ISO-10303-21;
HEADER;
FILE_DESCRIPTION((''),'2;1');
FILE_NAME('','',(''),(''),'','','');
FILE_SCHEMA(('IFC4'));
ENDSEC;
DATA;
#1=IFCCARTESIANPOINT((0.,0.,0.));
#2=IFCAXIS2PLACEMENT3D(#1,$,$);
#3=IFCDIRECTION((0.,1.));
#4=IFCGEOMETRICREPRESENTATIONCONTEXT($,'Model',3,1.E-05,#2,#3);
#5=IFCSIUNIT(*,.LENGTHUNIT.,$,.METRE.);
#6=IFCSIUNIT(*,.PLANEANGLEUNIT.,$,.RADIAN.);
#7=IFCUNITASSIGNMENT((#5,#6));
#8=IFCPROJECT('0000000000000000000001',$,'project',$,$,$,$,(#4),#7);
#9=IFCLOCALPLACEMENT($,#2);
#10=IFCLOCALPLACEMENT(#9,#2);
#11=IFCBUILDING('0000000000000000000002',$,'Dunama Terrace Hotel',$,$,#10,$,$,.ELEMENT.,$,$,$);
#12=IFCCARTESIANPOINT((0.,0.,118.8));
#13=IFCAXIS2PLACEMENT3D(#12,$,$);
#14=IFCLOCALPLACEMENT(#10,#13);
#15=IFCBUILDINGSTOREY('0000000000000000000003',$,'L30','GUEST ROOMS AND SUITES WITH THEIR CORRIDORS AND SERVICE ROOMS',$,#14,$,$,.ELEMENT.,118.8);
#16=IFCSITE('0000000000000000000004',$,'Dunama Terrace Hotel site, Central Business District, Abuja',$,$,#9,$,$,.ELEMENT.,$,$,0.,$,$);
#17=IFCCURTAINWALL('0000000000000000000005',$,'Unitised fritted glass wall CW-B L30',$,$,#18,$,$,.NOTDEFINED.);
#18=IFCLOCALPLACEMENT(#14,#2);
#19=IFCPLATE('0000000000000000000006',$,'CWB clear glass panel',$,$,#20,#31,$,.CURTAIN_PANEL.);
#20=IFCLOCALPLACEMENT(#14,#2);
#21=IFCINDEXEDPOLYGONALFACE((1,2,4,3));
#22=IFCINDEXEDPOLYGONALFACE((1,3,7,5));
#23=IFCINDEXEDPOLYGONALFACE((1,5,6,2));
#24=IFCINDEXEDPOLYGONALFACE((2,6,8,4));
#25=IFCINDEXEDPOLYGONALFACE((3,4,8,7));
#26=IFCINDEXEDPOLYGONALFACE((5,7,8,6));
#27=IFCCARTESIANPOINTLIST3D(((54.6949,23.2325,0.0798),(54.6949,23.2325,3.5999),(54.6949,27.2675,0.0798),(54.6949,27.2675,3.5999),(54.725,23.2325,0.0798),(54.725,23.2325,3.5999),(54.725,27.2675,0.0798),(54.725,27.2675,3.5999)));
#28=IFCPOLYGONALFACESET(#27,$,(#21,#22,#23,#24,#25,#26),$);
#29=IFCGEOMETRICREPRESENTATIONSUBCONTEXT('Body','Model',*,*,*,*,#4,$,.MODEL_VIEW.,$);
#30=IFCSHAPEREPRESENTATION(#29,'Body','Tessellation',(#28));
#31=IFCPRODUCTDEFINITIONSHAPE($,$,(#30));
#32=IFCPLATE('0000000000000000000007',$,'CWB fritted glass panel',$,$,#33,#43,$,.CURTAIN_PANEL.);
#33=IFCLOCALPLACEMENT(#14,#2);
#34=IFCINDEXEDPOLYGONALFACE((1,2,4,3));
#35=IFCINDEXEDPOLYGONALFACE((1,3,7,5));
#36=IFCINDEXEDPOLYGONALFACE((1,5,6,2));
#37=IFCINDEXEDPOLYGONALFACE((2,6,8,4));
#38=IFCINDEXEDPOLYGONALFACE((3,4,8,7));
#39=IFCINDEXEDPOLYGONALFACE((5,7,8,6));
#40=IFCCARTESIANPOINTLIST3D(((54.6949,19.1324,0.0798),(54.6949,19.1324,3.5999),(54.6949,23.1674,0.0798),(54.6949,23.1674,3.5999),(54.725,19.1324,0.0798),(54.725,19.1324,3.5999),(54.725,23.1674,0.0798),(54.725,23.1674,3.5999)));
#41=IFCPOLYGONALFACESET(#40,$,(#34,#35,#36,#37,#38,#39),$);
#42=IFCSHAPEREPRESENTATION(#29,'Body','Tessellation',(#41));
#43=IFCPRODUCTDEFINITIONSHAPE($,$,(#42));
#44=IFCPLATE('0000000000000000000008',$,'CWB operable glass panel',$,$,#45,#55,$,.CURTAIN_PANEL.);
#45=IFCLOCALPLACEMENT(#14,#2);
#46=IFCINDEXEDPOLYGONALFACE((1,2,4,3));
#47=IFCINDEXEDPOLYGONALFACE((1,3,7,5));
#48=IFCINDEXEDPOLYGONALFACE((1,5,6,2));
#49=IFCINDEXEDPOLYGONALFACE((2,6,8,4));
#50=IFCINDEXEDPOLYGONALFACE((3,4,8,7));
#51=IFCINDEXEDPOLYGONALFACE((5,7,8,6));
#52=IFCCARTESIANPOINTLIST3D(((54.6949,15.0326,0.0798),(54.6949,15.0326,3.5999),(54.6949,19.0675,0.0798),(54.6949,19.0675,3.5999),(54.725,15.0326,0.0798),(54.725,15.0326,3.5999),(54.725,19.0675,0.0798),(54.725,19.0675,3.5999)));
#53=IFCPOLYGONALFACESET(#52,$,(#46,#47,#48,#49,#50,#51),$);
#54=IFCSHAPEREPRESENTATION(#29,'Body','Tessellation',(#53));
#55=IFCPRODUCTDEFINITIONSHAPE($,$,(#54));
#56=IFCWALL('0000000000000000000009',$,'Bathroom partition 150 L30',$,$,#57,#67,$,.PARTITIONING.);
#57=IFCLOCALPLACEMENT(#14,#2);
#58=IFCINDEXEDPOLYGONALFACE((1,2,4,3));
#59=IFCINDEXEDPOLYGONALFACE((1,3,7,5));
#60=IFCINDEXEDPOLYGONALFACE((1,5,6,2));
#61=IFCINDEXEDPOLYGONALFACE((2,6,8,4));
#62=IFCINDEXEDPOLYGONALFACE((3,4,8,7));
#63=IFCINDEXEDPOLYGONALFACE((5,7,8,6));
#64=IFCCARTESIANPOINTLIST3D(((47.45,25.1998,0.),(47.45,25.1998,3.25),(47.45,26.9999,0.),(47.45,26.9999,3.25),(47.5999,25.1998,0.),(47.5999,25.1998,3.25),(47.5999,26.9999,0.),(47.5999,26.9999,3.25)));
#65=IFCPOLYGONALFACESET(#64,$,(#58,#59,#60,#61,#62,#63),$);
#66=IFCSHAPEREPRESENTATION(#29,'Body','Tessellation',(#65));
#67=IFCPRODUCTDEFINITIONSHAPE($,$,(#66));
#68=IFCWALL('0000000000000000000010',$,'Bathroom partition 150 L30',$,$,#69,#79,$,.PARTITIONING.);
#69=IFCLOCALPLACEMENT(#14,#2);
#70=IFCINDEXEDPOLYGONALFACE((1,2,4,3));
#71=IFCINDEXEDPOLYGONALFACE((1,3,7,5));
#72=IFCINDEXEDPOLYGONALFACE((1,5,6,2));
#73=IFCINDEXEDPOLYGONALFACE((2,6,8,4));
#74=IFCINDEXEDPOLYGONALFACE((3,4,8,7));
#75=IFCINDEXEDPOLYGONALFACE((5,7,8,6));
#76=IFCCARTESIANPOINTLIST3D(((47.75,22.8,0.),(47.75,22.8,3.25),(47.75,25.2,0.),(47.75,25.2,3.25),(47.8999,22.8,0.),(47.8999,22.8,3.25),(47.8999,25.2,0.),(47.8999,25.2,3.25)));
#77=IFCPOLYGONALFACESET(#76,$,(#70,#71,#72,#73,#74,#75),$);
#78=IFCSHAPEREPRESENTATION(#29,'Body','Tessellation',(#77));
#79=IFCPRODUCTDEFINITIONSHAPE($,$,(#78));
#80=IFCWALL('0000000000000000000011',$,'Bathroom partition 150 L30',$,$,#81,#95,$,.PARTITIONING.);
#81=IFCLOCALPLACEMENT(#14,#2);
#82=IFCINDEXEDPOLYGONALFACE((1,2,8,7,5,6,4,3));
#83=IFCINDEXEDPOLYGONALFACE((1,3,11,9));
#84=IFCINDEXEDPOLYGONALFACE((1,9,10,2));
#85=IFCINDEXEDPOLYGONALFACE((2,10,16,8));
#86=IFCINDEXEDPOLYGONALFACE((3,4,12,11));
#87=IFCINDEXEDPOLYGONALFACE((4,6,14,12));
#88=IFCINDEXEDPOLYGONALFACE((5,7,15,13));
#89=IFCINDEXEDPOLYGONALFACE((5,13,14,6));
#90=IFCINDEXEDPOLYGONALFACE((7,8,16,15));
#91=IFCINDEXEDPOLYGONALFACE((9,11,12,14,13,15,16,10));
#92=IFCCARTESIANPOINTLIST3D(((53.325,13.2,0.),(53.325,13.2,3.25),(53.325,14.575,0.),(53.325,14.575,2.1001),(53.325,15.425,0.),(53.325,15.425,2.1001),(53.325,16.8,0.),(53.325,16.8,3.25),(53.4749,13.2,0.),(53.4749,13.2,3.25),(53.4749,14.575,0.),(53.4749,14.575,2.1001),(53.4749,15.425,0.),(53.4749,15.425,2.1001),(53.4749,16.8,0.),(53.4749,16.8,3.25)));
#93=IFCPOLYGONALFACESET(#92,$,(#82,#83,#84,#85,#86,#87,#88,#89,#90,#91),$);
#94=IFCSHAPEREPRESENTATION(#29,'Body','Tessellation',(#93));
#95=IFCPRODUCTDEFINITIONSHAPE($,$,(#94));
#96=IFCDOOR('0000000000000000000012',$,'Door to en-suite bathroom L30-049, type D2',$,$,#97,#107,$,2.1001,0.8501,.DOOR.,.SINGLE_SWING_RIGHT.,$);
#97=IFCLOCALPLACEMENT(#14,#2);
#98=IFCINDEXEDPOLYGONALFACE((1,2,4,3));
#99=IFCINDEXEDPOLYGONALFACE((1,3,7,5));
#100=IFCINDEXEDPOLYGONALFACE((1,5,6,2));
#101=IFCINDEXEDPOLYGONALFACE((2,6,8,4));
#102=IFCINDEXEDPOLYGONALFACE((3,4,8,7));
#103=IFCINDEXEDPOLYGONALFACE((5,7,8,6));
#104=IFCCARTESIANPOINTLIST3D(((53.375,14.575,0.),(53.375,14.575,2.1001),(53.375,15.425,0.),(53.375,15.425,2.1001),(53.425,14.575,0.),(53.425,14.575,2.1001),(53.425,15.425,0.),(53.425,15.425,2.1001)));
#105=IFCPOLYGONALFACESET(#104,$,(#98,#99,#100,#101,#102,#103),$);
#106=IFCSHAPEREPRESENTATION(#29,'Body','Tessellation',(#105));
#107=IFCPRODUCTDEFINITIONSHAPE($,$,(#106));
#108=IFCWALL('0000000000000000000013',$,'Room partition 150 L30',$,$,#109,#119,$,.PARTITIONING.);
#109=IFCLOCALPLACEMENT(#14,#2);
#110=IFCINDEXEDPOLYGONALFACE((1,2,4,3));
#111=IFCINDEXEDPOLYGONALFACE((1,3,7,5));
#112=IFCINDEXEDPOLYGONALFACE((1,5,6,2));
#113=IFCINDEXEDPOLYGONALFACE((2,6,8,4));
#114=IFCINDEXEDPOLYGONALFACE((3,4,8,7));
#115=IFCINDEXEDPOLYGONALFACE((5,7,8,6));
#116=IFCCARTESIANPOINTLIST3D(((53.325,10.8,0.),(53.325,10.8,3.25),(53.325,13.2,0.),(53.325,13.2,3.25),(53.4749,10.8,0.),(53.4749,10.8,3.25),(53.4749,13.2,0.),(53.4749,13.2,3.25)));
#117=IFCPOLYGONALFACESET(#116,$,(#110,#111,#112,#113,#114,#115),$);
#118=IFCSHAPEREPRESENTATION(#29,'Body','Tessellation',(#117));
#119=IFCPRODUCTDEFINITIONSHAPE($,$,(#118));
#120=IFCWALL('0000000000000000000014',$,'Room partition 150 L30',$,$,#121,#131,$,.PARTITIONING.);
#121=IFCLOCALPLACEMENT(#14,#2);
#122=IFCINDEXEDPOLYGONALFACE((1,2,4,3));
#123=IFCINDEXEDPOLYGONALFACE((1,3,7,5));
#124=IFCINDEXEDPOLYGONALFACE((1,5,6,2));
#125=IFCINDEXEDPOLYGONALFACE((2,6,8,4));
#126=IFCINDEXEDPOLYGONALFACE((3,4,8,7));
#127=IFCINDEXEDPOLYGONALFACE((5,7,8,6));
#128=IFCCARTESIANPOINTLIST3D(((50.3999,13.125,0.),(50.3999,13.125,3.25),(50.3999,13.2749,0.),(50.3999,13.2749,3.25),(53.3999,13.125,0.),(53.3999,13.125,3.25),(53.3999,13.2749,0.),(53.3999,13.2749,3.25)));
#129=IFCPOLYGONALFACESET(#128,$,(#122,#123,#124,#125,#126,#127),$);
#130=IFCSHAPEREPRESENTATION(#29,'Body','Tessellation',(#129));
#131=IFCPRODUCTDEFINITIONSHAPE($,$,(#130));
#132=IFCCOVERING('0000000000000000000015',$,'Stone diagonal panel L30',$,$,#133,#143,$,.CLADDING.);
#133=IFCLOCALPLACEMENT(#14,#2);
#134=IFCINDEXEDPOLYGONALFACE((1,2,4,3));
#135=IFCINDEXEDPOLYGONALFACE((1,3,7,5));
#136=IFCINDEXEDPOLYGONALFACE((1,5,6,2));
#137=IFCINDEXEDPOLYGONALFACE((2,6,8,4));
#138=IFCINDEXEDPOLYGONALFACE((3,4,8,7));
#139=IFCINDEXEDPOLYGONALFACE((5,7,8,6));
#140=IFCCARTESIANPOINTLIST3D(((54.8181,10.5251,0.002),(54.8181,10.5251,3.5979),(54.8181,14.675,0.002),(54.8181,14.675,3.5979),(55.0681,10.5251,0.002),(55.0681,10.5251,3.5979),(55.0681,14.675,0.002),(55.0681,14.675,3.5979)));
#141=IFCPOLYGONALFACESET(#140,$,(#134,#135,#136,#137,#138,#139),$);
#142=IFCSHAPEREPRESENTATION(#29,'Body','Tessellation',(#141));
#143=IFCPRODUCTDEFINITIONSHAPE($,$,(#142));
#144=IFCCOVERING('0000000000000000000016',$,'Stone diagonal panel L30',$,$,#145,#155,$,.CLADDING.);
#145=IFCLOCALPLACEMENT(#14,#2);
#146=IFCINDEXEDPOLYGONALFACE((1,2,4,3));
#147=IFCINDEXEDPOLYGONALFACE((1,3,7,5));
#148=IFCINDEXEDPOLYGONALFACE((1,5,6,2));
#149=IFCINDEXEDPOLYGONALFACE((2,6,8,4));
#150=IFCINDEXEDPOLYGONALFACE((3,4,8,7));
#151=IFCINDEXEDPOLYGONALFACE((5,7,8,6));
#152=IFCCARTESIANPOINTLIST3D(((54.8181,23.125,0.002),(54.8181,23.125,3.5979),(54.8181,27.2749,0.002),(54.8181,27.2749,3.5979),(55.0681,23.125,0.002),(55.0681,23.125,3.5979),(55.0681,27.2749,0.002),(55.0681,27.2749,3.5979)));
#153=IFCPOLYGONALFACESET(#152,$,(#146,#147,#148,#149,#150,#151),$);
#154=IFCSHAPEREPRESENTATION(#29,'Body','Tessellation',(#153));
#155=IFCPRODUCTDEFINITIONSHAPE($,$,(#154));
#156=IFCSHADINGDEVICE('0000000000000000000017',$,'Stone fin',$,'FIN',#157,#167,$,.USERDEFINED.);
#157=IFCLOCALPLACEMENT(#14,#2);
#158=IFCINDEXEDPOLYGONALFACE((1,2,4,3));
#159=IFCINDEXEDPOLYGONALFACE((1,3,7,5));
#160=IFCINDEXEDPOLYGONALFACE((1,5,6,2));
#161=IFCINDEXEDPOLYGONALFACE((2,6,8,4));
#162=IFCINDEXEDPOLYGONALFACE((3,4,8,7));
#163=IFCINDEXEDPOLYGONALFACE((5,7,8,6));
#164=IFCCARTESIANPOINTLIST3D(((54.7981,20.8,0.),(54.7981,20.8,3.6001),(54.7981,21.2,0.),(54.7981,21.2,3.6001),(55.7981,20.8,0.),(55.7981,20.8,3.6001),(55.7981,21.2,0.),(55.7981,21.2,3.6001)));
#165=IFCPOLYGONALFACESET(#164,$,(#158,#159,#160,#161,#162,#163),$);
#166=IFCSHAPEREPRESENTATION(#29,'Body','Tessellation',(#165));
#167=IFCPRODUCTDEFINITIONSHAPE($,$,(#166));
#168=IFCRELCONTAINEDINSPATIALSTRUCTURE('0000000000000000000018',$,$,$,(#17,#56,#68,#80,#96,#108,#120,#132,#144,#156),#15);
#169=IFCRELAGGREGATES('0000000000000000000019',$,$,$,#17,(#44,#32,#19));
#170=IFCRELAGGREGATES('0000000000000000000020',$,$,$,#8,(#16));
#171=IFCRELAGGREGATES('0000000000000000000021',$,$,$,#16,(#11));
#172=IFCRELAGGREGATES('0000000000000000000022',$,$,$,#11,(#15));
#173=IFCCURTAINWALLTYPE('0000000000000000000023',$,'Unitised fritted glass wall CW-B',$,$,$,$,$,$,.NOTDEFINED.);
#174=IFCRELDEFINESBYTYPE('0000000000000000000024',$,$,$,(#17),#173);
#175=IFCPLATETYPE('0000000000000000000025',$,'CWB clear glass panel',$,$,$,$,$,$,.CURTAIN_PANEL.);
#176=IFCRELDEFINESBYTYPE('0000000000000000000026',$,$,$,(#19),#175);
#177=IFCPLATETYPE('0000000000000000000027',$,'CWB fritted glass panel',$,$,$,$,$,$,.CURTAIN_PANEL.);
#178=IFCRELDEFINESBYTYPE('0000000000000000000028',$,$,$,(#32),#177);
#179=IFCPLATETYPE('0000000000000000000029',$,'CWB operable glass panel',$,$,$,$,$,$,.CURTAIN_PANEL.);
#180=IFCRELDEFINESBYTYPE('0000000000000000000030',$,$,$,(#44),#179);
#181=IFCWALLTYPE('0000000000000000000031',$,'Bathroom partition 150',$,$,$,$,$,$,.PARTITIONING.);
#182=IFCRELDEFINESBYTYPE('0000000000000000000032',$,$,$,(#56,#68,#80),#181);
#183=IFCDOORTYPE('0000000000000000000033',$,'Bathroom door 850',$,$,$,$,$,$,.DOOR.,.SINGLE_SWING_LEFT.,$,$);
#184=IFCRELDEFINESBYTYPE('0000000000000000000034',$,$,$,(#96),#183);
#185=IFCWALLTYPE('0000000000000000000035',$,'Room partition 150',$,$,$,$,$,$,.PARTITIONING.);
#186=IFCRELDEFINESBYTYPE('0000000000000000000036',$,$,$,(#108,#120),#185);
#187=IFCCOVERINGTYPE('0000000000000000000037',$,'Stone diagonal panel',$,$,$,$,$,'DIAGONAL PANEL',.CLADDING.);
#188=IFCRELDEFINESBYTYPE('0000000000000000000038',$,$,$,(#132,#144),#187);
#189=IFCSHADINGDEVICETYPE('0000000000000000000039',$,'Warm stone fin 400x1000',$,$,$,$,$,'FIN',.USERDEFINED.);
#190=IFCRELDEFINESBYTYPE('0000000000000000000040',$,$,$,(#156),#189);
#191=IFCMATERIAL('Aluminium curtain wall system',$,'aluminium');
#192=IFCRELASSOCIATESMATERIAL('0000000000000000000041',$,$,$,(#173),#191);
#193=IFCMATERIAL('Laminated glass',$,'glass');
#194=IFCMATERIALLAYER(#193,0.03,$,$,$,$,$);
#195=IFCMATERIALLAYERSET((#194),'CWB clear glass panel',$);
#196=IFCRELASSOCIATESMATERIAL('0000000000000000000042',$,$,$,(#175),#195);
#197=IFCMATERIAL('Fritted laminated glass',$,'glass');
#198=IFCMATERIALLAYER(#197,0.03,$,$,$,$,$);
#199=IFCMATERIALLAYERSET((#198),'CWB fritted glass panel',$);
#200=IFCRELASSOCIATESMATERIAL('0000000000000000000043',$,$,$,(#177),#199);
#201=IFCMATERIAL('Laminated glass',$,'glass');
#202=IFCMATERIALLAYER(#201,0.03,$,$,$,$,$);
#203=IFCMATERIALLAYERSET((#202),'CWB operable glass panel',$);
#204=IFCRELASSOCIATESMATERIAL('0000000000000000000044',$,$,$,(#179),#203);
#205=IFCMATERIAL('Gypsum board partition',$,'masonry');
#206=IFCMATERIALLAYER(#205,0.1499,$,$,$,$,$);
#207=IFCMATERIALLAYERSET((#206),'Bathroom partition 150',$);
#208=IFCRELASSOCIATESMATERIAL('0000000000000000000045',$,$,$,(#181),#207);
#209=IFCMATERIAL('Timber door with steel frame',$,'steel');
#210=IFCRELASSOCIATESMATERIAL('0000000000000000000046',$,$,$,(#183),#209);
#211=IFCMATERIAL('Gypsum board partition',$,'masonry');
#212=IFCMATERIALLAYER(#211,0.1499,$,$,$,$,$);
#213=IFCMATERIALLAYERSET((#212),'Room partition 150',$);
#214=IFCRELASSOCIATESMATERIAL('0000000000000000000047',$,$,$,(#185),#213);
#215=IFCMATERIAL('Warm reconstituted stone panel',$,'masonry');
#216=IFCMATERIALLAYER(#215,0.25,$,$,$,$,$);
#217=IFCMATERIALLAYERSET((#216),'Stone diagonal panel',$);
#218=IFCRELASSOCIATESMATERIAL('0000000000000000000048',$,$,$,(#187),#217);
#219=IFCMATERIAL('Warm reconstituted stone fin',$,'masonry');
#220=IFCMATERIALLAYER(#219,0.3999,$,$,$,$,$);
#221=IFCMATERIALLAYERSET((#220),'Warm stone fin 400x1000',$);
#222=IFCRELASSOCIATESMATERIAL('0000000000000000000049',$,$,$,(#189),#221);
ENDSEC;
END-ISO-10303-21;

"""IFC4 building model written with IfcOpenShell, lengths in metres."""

from ifc_helpers import new_model, si_unit, direction, frame, frame_2d, origin, origin_2d, place, context, subcontext, project, spatial, rectangle, extrude, material, layer, layer_set, type_object, element, fill, aggregate, save


model = new_model("IFC4")

# Units and contexts
model_context = context("Model", 3, precision=1e-05, world=origin(), true_north=direction((0.0, 1.0)))
body_context = subcontext(model_context, "Body", "Model", "MODEL_VIEW")
ifc_project = project(units=[si_unit("LENGTHUNIT", "METRE"), si_unit("PLANEANGLEUNIT", "RADIAN")], contexts=[model_context])

# Site, building, storey
site_placement = place(None, origin())
site = spatial("IfcSite", under=ifc_project, at=site_placement, Name="Dunama Terrace Hotel site, Central Business District, Abuja", CompositionType="ELEMENT", RefElevation=0.0)
building_placement = place(site_placement, origin())
building = spatial("IfcBuilding", under=site, at=building_placement, Name="Dunama Terrace Hotel", CompositionType="ELEMENT")
storey_placement = place(building_placement, frame((0.0, 0.0, 118.8)))
storey = spatial("IfcBuildingStorey", under=building, at=storey_placement, Name="L30", Description="GUEST ROOMS AND SUITES WITH THEIR CORRIDORS AND SERVICE ROOMS", CompositionType="ELEMENT", Elevation=118.8)

# Curtain wall
ifc_material_1 = material(Name="Aluminium curtain wall system", Category="aluminium")
curtain_wall_type = type_object("IfcCurtainWallType", Name="Unitised fritted glass wall CW-B", PredefinedType="NOTDEFINED", material=ifc_material_1)
curtain_wall_placement = place(storey_placement, origin())
curtain_wall = element("IfcCurtainWall", 1, at=curtain_wall_placement, inside=storey, type_object=curtain_wall_type, Name="Unitised fritted glass wall CW-B L30", PredefinedType="NOTDEFINED")

# Plates
ifc_material_2 = material(Name="Laminated glass", Category="glass")
ifc_layer_1 = layer(ifc_material_2, 0.03)
ifc_layer_set_1 = layer_set([ifc_layer_1], Name="CWB clear glass panel")
plate_type_1 = type_object("IfcPlateType", Name="CWB clear glass panel", PredefinedType="CURTAIN_PANEL", material=ifc_layer_set_1)
plate_1_placement = place(storey_placement, frame((54.71, 25.25, 0.0798), z_axis=(0.0, 0.0, 1.0), x_axis=(0.0, 1.0, 0.0)))
plate_1 = element("IfcPlate", 2, at=plate_1_placement, type_object=plate_type_1, Name="CWB clear glass panel", PredefinedType="CURTAIN_PANEL", context=body_context, shape_type="SweptSolid", body=[
    extrude(rectangle(XDim=4.0349, YDim=0.03, at=origin_2d()), origin(), (0.0, 0.0, 1.0), 3.52),
])
ifc_material_3 = material(Name="Fritted laminated glass", Category="glass")
ifc_layer_2 = layer(ifc_material_3, 0.03)
ifc_layer_set_2 = layer_set([ifc_layer_2], Name="CWB fritted glass panel")
plate_type_2 = type_object("IfcPlateType", Name="CWB fritted glass panel", PredefinedType="CURTAIN_PANEL", material=ifc_layer_set_2)
plate_2_placement = place(storey_placement, frame((54.71, 21.1499, 0.0798), z_axis=(0.0, 0.0, 1.0), x_axis=(0.0, 1.0, 0.0)))
plate_2 = element("IfcPlate", 3, at=plate_2_placement, type_object=plate_type_2, Name="CWB fritted glass panel", PredefinedType="CURTAIN_PANEL", context=body_context, shape_type="SweptSolid", body=[
    extrude(rectangle(XDim=4.0349, YDim=0.03, at=origin_2d()), origin(), (0.0, 0.0, 1.0), 3.52),
])
ifc_material_4 = material(Name="Laminated glass", Category="glass")
ifc_layer_3 = layer(ifc_material_4, 0.03)
ifc_layer_set_3 = layer_set([ifc_layer_3], Name="CWB operable glass panel")
plate_type_3 = type_object("IfcPlateType", Name="CWB operable glass panel", PredefinedType="CURTAIN_PANEL", material=ifc_layer_set_3)
plate_3_placement = place(storey_placement, frame((54.71, 17.05, 0.0798), z_axis=(0.0, 0.0, 1.0), x_axis=(0.0, 1.0, 0.0)))
plate_3 = element("IfcPlate", 4, at=plate_3_placement, type_object=plate_type_3, Name="CWB operable glass panel", PredefinedType="CURTAIN_PANEL", context=body_context, shape_type="SweptSolid", body=[
    extrude(rectangle(XDim=4.0349, YDim=0.03, at=origin_2d()), origin(), (0.0, 0.0, 1.0), 3.52),
])
aggregate(curtain_wall, [plate_3, plate_2, plate_1])

# Walls
ifc_material_5 = material(Name="Gypsum board partition", Category="masonry")
ifc_layer_4 = layer(ifc_material_5, 0.1499)
ifc_layer_set_4 = layer_set([ifc_layer_4], Name="Bathroom partition 150")
wall_type_1 = type_object("IfcWallType", Name="Bathroom partition 150", PredefinedType="PARTITIONING", material=ifc_layer_set_4)
wall_1_placement = place(storey_placement, frame((47.5249, 25.2, 0.0), z_axis=(0.0, 0.0, 1.0), x_axis=(0.0, 1.0, 0.0)))
element("IfcWall", 5, at=wall_1_placement, inside=storey, type_object=wall_type_1, Name="Bathroom partition 150 L30", PredefinedType="PARTITIONING", context=body_context, shape_type="SweptSolid", body=[
    extrude(rectangle(XDim=1.8, YDim=0.1499, at=frame_2d((0.8999, 0.0))), origin(), (0.0, 0.0, 1.0), 3.25),
])
wall_2_placement = place(storey_placement, frame((47.825, 22.8, 0.0), z_axis=(0.0, 0.0, 1.0), x_axis=(0.0, 1.0, 0.0)))
element("IfcWall", 6, at=wall_2_placement, inside=storey, type_object=wall_type_1, Name="Bathroom partition 150 L30", PredefinedType="PARTITIONING", context=body_context, shape_type="SweptSolid", body=[
    extrude(rectangle(XDim=2.3999, YDim=0.1499, at=frame_2d((1.2, 0.0))), origin(), (0.0, 0.0, 1.0), 3.25),
])

# Wall, opening, door
wall_3_placement = place(storey_placement, frame((53.3999, 13.2, 0.0), z_axis=(0.0, 0.0, 1.0), x_axis=(0.0, 1.0, 0.0)))
wall_3 = element("IfcWall", 7, at=wall_3_placement, inside=storey, type_object=wall_type_1, Name="Bathroom partition 150 L30", PredefinedType="PARTITIONING", context=body_context, shape_type="SweptSolid", body=[
    extrude(rectangle(XDim=3.6001, YDim=0.1499, at=frame_2d((1.8, 0.0))), origin(), (0.0, 0.0, 1.0), 3.25),
])
opening_placement = place(wall_3_placement, frame((1.375, 0.0, 0.0)))
opening = element("IfcOpeningElement", 8, at=opening_placement, cuts=wall_3, PredefinedType="OPENING", context=body_context, shape_type="SweptSolid", body=[
    extrude(rectangle(XDim=0.8501, YDim=2.1001, at=frame_2d((0.425, 1.05))), frame((0.0, 0.085, 0.0), z_axis=(0.0, -1.0, 0.0), x_axis=(1.0, 0.0, 0.0)), (0.0, 0.0, 1.0), 0.1699),
])
ifc_material_6 = material(Name="Timber door with steel frame", Category="steel")
door_type = type_object("IfcDoorType", Name="Bathroom door 850", OperationType="SINGLE_SWING_LEFT", PredefinedType="DOOR", material=ifc_material_6)
door_placement = place(opening_placement, origin())
door = element("IfcDoor", 9, at=door_placement, inside=storey, type_object=door_type, Name="Door to en-suite bathroom L30-049, type D2", OperationType="SINGLE_SWING_RIGHT", OverallHeight=2.1001, OverallWidth=0.8501, PredefinedType="DOOR", context=body_context, shape_type="SweptSolid", body=[
    extrude(rectangle(XDim=0.8501, YDim=2.1001, at=frame_2d((0.425, 1.05))), frame((0.0, 0.0249, 0.0), z_axis=(0.0, -1.0, 0.0), x_axis=(1.0, 0.0, 0.0)), (0.0, 0.0, 1.0), 0.05),
])
fill(opening, door)

# Walls
ifc_material_7 = material(Name="Gypsum board partition", Category="masonry")
ifc_layer_5 = layer(ifc_material_7, 0.1499)
ifc_layer_set_5 = layer_set([ifc_layer_5], Name="Room partition 150")
wall_type_2 = type_object("IfcWallType", Name="Room partition 150", PredefinedType="PARTITIONING", material=ifc_layer_set_5)
wall_4_placement = place(storey_placement, frame((53.3999, 10.8, 0.0), z_axis=(0.0, 0.0, 1.0), x_axis=(0.0, 1.0, 0.0)))
element("IfcWall", 10, at=wall_4_placement, inside=storey, type_object=wall_type_2, Name="Room partition 150 L30", PredefinedType="PARTITIONING", context=body_context, shape_type="SweptSolid", body=[
    extrude(rectangle(XDim=2.3999, YDim=0.1499, at=frame_2d((1.2, 0.0))), origin(), (0.0, 0.0, 1.0), 3.25),
])
wall_5_placement = place(storey_placement, frame((50.3999, 13.2, 0.0), z_axis=(0.0, 0.0, 1.0), x_axis=(1.0, 0.0, 0.0)))
element("IfcWall", 11, at=wall_5_placement, inside=storey, type_object=wall_type_2, Name="Room partition 150 L30", PredefinedType="PARTITIONING", context=body_context, shape_type="SweptSolid", body=[
    extrude(rectangle(XDim=3.0, YDim=0.1499, at=frame_2d((1.5, 0.0))), origin(), (0.0, 0.0, 1.0), 3.25),
])

# Coverings
ifc_material_8 = material(Name="Warm reconstituted stone panel", Category="masonry")
ifc_layer_6 = layer(ifc_material_8, 0.25)
ifc_layer_set_6 = layer_set([ifc_layer_6], Name="Stone diagonal panel")
covering_type = type_object("IfcCoveringType", Name="Stone diagonal panel", ElementType="DIAGONAL PANEL", PredefinedType="CLADDING", material=ifc_layer_set_6)
for number, where, z_axis, x_axis, name in (
    (12, (54.9431, 12.6001, 0.002), (0.0, 0.0, 1.0), (0.0, 1.0, 0.0), "Stone diagonal panel L30"),
    (13, (54.9431, 25.2, 0.002), (0.0, 0.0, 1.0), (0.0, 1.0, 0.0), "Stone diagonal panel L30"),
):
    element("IfcCovering", number, at=place(storey_placement, frame(where, z_axis=z_axis, x_axis=x_axis)), inside=storey, type_object=covering_type, Name=name, PredefinedType="CLADDING", context=body_context, shape_type="SweptSolid", body=[
        extrude(rectangle(XDim=4.1499, YDim=0.25, at=origin_2d()), origin(), (0.0, 0.0, 1.0), 3.5959),
    ])

# Shading device
ifc_material_9 = material(Name="Warm reconstituted stone fin", Category="masonry")
ifc_layer_7 = layer(ifc_material_9, 0.3999)
ifc_layer_set_7 = layer_set([ifc_layer_7], Name="Warm stone fin 400x1000")
shading_device_type = type_object("IfcShadingDeviceType", Name="Warm stone fin 400x1000", ElementType="FIN", PredefinedType="USERDEFINED", material=ifc_layer_set_7)
shading_device_placement = place(storey_placement, frame((55.2981, 21.0, 0.0), z_axis=(0.0, 0.0, 1.0), x_axis=(0.0, 1.0, 0.0)))
element("IfcShadingDevice", 14, at=shading_device_placement, inside=storey, type_object=shading_device_type, Name="Stone fin", ObjectType="FIN", PredefinedType="USERDEFINED", context=body_context, shape_type="SweptSolid", body=[
    extrude(rectangle(XDim=0.3999, YDim=1.0, at=origin_2d()), origin(), (0.0, 0.0, 1.0), 3.6001),
])

save(model, "model.ifc")
